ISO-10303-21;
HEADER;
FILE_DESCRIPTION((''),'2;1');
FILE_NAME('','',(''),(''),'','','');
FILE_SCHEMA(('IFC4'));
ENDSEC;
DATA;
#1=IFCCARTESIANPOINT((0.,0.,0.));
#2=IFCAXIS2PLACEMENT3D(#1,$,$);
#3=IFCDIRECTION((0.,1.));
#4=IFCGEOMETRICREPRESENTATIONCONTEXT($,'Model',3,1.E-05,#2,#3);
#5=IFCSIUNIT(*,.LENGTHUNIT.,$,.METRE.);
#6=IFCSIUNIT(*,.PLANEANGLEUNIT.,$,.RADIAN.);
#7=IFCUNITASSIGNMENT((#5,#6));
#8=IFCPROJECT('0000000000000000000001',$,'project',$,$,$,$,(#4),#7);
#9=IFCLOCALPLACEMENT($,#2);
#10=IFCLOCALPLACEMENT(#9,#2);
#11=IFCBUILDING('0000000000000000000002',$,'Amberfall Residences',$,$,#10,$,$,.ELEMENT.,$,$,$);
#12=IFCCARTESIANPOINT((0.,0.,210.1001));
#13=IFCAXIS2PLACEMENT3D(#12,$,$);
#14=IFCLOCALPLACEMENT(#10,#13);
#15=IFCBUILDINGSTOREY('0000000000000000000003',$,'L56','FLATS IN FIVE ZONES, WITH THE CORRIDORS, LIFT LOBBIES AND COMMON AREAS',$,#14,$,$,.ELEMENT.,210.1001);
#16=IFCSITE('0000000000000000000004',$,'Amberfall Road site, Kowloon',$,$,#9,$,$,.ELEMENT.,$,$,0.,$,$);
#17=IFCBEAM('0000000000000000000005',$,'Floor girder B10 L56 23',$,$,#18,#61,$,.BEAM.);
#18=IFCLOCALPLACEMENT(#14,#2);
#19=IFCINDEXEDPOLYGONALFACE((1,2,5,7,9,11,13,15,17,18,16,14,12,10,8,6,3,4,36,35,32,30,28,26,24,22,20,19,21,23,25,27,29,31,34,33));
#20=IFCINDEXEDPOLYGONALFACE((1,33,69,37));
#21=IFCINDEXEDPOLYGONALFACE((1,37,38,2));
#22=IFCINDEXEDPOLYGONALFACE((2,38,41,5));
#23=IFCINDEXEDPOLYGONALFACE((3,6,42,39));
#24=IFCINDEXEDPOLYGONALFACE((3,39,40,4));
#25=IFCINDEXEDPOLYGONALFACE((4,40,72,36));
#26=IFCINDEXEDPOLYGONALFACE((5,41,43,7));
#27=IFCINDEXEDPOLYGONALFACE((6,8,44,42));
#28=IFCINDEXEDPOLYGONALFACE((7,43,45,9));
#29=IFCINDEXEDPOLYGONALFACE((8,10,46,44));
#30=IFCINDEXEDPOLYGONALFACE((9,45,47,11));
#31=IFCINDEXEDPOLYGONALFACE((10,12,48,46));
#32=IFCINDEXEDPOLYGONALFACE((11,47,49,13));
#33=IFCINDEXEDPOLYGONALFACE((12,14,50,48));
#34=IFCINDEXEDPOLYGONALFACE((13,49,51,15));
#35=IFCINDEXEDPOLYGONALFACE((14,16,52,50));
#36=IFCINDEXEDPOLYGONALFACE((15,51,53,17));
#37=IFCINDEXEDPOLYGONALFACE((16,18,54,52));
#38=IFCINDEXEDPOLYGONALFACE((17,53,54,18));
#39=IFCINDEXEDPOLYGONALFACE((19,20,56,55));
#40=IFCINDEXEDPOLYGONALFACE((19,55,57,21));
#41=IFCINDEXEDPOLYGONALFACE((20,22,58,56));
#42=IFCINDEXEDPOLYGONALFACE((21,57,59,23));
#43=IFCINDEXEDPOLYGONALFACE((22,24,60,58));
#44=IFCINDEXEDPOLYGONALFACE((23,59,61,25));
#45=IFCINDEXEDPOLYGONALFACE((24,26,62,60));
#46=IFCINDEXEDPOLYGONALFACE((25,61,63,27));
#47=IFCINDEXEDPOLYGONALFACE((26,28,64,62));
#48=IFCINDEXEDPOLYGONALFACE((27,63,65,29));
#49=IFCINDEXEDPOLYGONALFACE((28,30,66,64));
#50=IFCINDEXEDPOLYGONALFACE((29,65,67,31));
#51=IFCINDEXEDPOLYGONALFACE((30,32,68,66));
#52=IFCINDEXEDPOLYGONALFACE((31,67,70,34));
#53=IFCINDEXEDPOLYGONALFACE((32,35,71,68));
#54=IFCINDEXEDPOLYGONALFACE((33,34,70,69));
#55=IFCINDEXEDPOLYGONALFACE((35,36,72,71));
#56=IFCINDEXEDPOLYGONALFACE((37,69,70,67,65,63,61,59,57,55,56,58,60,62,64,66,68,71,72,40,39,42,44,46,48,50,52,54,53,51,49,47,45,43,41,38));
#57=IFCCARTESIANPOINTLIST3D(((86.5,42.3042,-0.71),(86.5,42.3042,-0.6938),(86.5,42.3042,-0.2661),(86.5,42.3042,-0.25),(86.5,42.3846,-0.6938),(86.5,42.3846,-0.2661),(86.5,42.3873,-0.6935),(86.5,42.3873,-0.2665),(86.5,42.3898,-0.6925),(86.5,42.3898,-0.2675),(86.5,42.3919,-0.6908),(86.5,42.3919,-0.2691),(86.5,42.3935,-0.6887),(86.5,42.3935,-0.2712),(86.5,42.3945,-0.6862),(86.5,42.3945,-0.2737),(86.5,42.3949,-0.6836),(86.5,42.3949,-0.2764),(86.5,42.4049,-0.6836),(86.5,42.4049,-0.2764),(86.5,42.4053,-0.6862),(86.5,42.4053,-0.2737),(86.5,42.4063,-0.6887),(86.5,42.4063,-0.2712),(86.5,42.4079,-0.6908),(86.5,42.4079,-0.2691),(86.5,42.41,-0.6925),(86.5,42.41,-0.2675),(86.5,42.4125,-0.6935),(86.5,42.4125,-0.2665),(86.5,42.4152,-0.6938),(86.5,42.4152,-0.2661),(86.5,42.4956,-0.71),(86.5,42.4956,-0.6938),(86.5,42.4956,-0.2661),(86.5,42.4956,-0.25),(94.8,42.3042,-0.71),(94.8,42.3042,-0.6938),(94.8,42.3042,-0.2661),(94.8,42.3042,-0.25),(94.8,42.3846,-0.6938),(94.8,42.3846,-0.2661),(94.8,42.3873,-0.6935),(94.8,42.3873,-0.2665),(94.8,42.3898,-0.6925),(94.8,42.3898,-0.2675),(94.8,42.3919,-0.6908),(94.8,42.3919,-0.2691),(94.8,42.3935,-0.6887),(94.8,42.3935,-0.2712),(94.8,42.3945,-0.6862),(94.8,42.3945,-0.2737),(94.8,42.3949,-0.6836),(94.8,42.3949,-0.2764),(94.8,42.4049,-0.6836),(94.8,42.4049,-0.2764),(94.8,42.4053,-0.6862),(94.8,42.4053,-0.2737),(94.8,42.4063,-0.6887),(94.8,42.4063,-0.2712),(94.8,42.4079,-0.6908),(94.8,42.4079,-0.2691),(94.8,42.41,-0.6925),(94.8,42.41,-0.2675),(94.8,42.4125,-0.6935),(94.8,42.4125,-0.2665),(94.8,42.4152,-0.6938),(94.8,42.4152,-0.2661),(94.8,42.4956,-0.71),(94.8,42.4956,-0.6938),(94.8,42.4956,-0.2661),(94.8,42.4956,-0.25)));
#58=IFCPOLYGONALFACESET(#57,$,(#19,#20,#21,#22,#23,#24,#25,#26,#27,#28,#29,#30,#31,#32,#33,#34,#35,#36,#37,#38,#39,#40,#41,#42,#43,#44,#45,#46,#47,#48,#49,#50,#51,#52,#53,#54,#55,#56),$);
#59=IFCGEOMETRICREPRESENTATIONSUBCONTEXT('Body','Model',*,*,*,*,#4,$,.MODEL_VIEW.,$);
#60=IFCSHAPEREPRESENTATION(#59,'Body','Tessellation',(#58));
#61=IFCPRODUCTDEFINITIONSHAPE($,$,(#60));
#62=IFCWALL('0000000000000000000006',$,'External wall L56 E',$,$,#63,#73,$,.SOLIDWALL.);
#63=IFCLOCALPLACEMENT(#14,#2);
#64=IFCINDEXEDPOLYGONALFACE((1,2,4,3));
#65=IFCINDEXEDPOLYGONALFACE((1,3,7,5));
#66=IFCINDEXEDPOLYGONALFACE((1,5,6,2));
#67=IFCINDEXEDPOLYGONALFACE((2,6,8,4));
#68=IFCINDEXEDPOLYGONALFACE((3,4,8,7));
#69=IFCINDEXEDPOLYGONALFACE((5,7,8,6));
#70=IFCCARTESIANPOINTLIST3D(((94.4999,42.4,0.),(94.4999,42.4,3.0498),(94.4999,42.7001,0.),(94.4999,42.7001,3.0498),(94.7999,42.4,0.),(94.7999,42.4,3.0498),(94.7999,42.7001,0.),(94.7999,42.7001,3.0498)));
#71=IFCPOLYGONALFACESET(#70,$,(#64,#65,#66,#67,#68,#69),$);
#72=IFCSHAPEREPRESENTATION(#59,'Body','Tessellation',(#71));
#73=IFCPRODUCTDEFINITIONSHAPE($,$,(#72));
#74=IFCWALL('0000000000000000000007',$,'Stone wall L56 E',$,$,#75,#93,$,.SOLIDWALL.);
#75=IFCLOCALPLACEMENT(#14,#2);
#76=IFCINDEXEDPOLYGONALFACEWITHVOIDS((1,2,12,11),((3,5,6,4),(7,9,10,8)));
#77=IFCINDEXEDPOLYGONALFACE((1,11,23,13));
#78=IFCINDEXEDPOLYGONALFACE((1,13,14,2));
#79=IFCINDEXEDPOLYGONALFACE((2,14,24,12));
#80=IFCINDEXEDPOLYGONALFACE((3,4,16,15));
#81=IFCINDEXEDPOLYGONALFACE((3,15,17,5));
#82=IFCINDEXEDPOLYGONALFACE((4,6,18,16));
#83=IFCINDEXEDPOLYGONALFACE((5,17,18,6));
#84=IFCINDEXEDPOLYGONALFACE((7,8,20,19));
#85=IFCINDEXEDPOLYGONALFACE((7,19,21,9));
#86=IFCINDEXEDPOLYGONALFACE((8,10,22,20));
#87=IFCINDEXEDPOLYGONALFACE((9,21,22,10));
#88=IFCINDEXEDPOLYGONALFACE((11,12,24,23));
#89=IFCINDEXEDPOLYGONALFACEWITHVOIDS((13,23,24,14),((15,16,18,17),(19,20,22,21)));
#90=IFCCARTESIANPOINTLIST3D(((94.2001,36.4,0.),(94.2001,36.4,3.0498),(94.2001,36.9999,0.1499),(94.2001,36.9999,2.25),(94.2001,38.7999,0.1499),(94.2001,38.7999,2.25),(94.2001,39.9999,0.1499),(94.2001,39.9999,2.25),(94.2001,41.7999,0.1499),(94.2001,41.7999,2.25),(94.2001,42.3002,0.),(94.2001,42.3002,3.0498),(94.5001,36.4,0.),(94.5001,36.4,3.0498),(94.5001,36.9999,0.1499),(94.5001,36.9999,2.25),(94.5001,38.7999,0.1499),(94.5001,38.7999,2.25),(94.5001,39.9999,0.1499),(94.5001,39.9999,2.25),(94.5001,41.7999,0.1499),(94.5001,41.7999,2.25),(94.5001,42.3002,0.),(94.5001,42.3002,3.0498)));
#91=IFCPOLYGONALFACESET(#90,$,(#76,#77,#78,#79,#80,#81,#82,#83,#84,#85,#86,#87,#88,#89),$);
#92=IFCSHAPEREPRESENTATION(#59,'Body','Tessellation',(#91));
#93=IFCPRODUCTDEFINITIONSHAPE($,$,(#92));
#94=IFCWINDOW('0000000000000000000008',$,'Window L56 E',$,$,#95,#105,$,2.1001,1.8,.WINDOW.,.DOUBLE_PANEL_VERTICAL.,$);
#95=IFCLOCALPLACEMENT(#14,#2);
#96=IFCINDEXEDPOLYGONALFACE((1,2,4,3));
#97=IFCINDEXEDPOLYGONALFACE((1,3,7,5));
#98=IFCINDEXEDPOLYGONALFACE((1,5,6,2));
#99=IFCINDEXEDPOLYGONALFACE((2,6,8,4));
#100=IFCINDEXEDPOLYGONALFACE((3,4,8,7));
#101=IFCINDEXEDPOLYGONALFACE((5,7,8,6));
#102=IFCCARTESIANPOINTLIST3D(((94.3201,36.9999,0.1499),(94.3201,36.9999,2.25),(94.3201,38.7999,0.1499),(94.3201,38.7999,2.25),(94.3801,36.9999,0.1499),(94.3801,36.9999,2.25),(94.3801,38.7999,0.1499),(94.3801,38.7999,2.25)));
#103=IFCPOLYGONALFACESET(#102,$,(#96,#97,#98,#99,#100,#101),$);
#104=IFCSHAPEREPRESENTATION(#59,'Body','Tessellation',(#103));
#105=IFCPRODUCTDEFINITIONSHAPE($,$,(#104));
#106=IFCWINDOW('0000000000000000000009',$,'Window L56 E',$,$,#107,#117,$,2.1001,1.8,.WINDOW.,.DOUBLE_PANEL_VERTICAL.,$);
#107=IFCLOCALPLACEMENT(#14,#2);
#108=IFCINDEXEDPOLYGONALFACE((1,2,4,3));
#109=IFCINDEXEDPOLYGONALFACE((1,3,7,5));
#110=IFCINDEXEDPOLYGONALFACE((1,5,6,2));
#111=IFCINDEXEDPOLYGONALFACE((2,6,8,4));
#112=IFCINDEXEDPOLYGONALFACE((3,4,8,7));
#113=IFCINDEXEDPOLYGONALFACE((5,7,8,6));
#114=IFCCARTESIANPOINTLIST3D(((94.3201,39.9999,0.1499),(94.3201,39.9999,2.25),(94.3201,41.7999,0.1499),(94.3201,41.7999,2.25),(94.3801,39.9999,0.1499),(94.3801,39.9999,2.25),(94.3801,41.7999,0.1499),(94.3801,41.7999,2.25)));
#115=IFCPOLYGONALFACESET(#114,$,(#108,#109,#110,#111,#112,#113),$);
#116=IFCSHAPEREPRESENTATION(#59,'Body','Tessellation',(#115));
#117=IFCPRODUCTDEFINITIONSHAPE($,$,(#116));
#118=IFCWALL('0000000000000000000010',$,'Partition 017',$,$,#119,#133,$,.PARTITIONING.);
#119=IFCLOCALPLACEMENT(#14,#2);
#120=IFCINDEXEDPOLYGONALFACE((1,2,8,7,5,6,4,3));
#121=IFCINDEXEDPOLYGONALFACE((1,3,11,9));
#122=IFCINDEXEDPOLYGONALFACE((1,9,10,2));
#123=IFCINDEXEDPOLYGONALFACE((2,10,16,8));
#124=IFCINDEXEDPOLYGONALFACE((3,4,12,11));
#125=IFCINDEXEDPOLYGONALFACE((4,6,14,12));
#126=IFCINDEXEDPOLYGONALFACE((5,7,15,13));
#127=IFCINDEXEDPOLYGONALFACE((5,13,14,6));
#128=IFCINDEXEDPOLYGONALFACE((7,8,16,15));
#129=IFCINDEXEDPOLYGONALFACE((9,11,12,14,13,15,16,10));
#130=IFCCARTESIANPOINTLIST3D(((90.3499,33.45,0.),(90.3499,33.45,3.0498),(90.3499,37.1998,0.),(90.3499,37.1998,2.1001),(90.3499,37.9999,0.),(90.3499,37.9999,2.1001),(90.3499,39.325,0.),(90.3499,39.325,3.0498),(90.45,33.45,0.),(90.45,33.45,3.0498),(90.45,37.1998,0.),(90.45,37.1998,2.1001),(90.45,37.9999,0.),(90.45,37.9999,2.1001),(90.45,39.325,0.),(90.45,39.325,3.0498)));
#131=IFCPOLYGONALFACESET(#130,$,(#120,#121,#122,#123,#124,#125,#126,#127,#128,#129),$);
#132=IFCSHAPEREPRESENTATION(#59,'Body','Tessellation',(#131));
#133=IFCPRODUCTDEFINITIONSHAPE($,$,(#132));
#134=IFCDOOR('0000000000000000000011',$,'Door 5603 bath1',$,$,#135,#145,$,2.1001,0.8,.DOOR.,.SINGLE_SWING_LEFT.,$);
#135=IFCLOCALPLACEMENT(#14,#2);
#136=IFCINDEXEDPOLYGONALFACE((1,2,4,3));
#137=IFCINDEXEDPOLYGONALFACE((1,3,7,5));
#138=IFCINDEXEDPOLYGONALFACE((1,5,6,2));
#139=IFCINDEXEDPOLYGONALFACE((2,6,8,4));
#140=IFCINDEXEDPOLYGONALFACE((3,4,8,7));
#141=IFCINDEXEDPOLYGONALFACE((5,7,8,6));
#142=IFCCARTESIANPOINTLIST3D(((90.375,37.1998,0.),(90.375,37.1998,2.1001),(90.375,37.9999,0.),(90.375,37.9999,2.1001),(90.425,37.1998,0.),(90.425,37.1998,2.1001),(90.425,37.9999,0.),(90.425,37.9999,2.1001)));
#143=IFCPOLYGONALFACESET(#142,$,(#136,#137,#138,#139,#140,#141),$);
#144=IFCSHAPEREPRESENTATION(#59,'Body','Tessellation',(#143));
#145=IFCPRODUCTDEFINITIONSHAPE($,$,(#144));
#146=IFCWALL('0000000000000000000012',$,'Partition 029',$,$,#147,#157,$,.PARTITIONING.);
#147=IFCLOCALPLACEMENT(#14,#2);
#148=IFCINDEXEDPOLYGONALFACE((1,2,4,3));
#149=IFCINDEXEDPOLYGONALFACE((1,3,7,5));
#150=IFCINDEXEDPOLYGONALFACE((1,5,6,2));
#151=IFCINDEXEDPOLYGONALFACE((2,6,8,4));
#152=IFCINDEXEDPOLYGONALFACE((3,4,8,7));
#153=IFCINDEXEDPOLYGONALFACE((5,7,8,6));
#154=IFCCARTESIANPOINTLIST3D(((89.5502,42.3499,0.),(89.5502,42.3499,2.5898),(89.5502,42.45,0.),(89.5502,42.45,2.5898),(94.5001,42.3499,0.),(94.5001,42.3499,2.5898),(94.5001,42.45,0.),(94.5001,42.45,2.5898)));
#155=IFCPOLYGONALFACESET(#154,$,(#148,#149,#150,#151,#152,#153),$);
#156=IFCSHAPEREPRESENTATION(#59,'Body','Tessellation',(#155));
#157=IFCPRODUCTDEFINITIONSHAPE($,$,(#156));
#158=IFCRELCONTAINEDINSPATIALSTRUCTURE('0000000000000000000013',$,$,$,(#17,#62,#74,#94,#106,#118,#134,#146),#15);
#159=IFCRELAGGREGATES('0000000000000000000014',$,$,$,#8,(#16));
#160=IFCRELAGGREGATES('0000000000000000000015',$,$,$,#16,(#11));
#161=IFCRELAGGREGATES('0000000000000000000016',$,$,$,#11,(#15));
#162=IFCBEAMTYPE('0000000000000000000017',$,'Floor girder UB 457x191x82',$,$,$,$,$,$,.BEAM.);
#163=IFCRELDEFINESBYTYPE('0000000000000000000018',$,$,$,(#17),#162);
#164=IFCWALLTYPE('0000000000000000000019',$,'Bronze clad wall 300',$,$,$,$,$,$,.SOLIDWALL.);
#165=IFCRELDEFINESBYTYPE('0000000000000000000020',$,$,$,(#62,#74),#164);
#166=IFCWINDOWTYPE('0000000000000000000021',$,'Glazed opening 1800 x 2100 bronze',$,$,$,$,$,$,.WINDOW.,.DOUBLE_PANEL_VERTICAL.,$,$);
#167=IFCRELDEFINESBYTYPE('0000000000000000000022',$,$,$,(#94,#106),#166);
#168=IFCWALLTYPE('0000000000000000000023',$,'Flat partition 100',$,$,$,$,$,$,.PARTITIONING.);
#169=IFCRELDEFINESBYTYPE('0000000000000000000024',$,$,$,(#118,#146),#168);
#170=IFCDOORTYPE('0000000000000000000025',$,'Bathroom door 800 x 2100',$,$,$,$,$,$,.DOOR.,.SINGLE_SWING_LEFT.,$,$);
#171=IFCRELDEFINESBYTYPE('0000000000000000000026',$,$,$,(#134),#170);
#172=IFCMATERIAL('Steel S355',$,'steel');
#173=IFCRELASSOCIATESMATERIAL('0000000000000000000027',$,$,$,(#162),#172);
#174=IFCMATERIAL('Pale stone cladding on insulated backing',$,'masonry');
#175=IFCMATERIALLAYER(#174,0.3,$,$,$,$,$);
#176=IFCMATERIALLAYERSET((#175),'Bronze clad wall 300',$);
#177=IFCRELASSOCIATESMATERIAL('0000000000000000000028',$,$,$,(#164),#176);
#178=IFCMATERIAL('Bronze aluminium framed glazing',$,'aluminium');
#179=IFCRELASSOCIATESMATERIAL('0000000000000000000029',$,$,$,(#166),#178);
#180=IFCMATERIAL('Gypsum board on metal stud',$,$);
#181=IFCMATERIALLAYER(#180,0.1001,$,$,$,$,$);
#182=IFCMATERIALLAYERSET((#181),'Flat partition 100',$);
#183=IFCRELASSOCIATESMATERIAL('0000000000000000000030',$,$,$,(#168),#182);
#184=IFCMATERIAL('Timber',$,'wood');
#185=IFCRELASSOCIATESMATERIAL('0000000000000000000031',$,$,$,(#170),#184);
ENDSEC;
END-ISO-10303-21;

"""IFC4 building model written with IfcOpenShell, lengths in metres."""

from ifc_helpers import new_model, si_unit, direction, frame, frame_2d, origin, origin_2d, place, context, subcontext, project, spatial, rectangle, i_section, extrude, material, layer, layer_set, material_profile, profile_set, type_object, element, fill, save


model = new_model("IFC4")

# Units and contexts
model_context = context("Model", 3, precision=1e-05, world=origin(), true_north=direction((0.0, 1.0)))
body_context = subcontext(model_context, "Body", "Model", "MODEL_VIEW")
ifc_project = project(units=[si_unit("LENGTHUNIT", "METRE"), si_unit("PLANEANGLEUNIT", "RADIAN")], contexts=[model_context])

# Site, building, storey
site_placement = place(None, origin())
site = spatial("IfcSite", under=ifc_project, at=site_placement, Name="Amberfall Road site, Kowloon", CompositionType="ELEMENT", RefElevation=0.0)
building_placement = place(site_placement, origin())
building = spatial("IfcBuilding", under=site, at=building_placement, Name="Amberfall Residences", CompositionType="ELEMENT")
storey_placement = place(building_placement, frame((0.0, 0.0, 210.1001)))
storey = spatial("IfcBuildingStorey", under=building, at=storey_placement, Name="L56", Description="FLATS IN FIVE ZONES, WITH THE CORRIDORS, LIFT LOBBIES AND COMMON AREAS", CompositionType="ELEMENT", Elevation=210.1001)

# Shared definitions
ifc_material_1 = material(Name="Steel S355", Category="steel")

# Beam
ifc_material_profile_1 = material_profile(ifc_material_1, i_section(OverallWidth=0.1914, OverallDepth=0.46, WebThickness=0.01, FlangeThickness=0.0161, FilletRadius=0.0103, at=origin_2d()), Name="UB 457x191x82")
ifc_profile_set_1 = profile_set([ifc_material_profile_1], Name="Steel S355")
beam_type_1 = type_object("IfcBeamType", Name="Floor girder UB 457x191x82", PredefinedType="BEAM", material=ifc_profile_set_1)
beam_1_placement = place(storey_placement, frame((94.8, 42.3999, -0.48), z_axis=(-1.0, 0.0, 0.0), x_axis=(0.0, -1.0, 0.0)))
element("IfcBeam", 1, at=beam_1_placement, inside=storey, type_object=beam_type_1, Name="Floor girder B10 L56 23", PredefinedType="BEAM", context=body_context, shape_type="SweptSolid", body=[
    extrude(i_section(OverallWidth=0.1914, OverallDepth=0.46, WebThickness=0.01, FlangeThickness=0.0161, FilletRadius=0.0103, at=origin_2d()), origin(), (0.0, 0.0, 1.0), 8.3),
])

# Wall
ifc_material_2 = material(Name="Pale stone cladding on insulated backing", Category="masonry")
ifc_layer_1 = layer(ifc_material_2, 0.3)
ifc_layer_set_1 = layer_set([ifc_layer_1], Name="Bronze clad wall 300")
wall_type_1 = type_object("IfcWallType", Name="Bronze clad wall 300", PredefinedType="SOLIDWALL", material=ifc_layer_set_1)
wall_1_placement = place(storey_placement, frame((94.5, 42.55, 0.0), z_axis=(0.0, 0.0, 1.0), x_axis=(1.0, 0.0, 0.0)))
element("IfcWall", 2, at=wall_1_placement, inside=storey, type_object=wall_type_1, Name="External wall L56 E", PredefinedType="SOLIDWALL", context=body_context, shape_type="SweptSolid", body=[
    extrude(rectangle(XDim=0.3, YDim=0.3, at=frame_2d((0.1499, 0.0))), origin(), (0.0, 0.0, 1.0), 3.0498),
])

# Wall, openings, windows
wall_2_placement = place(storey_placement, frame((94.3501, 36.3999, 0.0), z_axis=(0.0, 0.0, 1.0), x_axis=(0.0, 1.0, 0.0)))
wall_2 = element("IfcWall", 3, at=wall_2_placement, inside=storey, type_object=wall_type_1, Name="Stone wall L56 E", PredefinedType="SOLIDWALL", context=body_context, shape_type="SweptSolid", body=[
    extrude(rectangle(XDim=5.9001, YDim=0.3, at=frame_2d((2.9502, 0.0))), origin(), (0.0, 0.0, 1.0), 3.0498),
])
opening_1_placement = place(wall_2_placement, frame((0.6001, 0.0, 0.1499)))
opening_1 = element("IfcOpeningElement", 4, at=opening_1_placement, cuts=wall_2, PredefinedType="OPENING", context=body_context, shape_type="SweptSolid", body=[
    extrude(rectangle(XDim=1.8, YDim=2.1001, at=frame_2d((0.8999, 1.05))), frame((0.0, 0.1599, 0.0), z_axis=(0.0, -1.0, 0.0), x_axis=(1.0, 0.0, 0.0)), (0.0, 0.0, 1.0), 0.3201),
])
opening_2_placement = place(wall_2_placement, frame((3.6001, 0.0, 0.1499)))
opening_2 = element("IfcOpeningElement", 5, at=opening_2_placement, cuts=wall_2, PredefinedType="OPENING", context=body_context, shape_type="SweptSolid", body=[
    extrude(rectangle(XDim=1.8, YDim=2.1001, at=frame_2d((0.8999, 1.05))), frame((0.0, 0.1599, 0.0), z_axis=(0.0, -1.0, 0.0), x_axis=(1.0, 0.0, 0.0)), (0.0, 0.0, 1.0), 0.3201),
])
ifc_material_3 = material(Name="Bronze aluminium framed glazing", Category="aluminium")
window_type = type_object("IfcWindowType", Name="Glazed opening 1800 x 2100 bronze", PartitioningType="DOUBLE_PANEL_VERTICAL", PredefinedType="WINDOW", material=ifc_material_3)
window_1_placement = place(opening_1_placement, origin())
window_1 = element("IfcWindow", 6, at=window_1_placement, inside=storey, type_object=window_type, Name="Window L56 E", OverallHeight=2.1001, OverallWidth=1.8, PartitioningType="DOUBLE_PANEL_VERTICAL", PredefinedType="WINDOW", context=body_context, shape_type="SweptSolid", body=[
    extrude(rectangle(XDim=1.8, YDim=2.1001, at=frame_2d((0.8999, 1.05))), frame((0.0, 0.03, 0.0), z_axis=(0.0, -1.0, 0.0), x_axis=(1.0, 0.0, 0.0)), (0.0, 0.0, 1.0), 0.0601),
])
fill(opening_1, window_1)
window_2_placement = place(opening_2_placement, origin())
window_2 = element("IfcWindow", 7, at=window_2_placement, inside=storey, type_object=window_type, Name="Window L56 E", OverallHeight=2.1001, OverallWidth=1.8, PartitioningType="DOUBLE_PANEL_VERTICAL", PredefinedType="WINDOW", context=body_context, shape_type="SweptSolid", body=[
    extrude(rectangle(XDim=1.8, YDim=2.1001, at=frame_2d((0.8999, 1.05))), frame((0.0, 0.03, 0.0), z_axis=(0.0, -1.0, 0.0), x_axis=(1.0, 0.0, 0.0)), (0.0, 0.0, 1.0), 0.0601),
])
fill(opening_2, window_2)

# Wall, opening, door
ifc_material_4 = material(Name="Gypsum board on metal stud")
ifc_layer_2 = layer(ifc_material_4, 0.1001)
ifc_layer_set_2 = layer_set([ifc_layer_2], Name="Flat partition 100")
wall_type_2 = type_object("IfcWallType", Name="Flat partition 100", PredefinedType="PARTITIONING", material=ifc_layer_set_2)
wall_3_placement = place(storey_placement, frame((90.3999, 33.45, 0.0), z_axis=(0.0, 0.0, 1.0), x_axis=(0.0, 1.0, 0.0)))
wall_3 = element("IfcWall", 8, at=wall_3_placement, inside=storey, type_object=wall_type_2, Name="Partition 017", PredefinedType="PARTITIONING", context=body_context, shape_type="SweptSolid", body=[
    extrude(rectangle(XDim=5.875, YDim=0.1001, at=frame_2d((2.9375, 0.0))), origin(), (0.0, 0.0, 1.0), 3.0498),
])
opening_3_placement = place(wall_3_placement, frame((3.75, 0.0, 0.0)))
opening_3 = element("IfcOpeningElement", 9, at=opening_3_placement, cuts=wall_3, PredefinedType="OPENING", context=body_context, shape_type="SweptSolid", body=[
    extrude(rectangle(XDim=0.8, YDim=2.1001, at=frame_2d((0.3999, 1.05))), frame((0.0, 0.0601, 0.0), z_axis=(0.0, -1.0, 0.0), x_axis=(1.0, 0.0, 0.0)), (0.0, 0.0, 1.0), 0.1201),
])
ifc_material_5 = material(Name="Timber", Category="wood")
door_type_1 = type_object("IfcDoorType", Name="Bathroom door 800 x 2100", OperationType="SINGLE_SWING_LEFT", PredefinedType="DOOR", material=ifc_material_5)
door_1_placement = place(opening_3_placement, origin())
door_1 = element("IfcDoor", 10, at=door_1_placement, inside=storey, type_object=door_type_1, Name="Door 5603 bath1", OperationType="SINGLE_SWING_LEFT", OverallHeight=2.1001, OverallWidth=0.8, PredefinedType="DOOR", context=body_context, shape_type="SweptSolid", body=[
    extrude(rectangle(XDim=0.8, YDim=2.1001, at=frame_2d((0.3999, 1.05))), frame((0.0, 0.0249, 0.0), z_axis=(0.0, -1.0, 0.0), x_axis=(1.0, 0.0, 0.0)), (0.0, 0.0, 1.0), 0.05),
])
fill(opening_3, door_1)

# Wall
wall_4_placement = place(storey_placement, frame((89.55, 42.3999, 0.0), z_axis=(0.0, 0.0, 1.0), x_axis=(1.0, 0.0, 0.0)))
element("IfcWall", 11, at=wall_4_placement, inside=storey, type_object=wall_type_2, Name="Partition 029", PredefinedType="PARTITIONING", context=body_context, shape_type="SweptSolid", body=[
    extrude(rectangle(XDim=4.95, YDim=0.1001, at=frame_2d((2.4751, 0.0))), origin(), (0.0, 0.0, 1.0), 2.5898),
])

save(model, "model.ifc")
